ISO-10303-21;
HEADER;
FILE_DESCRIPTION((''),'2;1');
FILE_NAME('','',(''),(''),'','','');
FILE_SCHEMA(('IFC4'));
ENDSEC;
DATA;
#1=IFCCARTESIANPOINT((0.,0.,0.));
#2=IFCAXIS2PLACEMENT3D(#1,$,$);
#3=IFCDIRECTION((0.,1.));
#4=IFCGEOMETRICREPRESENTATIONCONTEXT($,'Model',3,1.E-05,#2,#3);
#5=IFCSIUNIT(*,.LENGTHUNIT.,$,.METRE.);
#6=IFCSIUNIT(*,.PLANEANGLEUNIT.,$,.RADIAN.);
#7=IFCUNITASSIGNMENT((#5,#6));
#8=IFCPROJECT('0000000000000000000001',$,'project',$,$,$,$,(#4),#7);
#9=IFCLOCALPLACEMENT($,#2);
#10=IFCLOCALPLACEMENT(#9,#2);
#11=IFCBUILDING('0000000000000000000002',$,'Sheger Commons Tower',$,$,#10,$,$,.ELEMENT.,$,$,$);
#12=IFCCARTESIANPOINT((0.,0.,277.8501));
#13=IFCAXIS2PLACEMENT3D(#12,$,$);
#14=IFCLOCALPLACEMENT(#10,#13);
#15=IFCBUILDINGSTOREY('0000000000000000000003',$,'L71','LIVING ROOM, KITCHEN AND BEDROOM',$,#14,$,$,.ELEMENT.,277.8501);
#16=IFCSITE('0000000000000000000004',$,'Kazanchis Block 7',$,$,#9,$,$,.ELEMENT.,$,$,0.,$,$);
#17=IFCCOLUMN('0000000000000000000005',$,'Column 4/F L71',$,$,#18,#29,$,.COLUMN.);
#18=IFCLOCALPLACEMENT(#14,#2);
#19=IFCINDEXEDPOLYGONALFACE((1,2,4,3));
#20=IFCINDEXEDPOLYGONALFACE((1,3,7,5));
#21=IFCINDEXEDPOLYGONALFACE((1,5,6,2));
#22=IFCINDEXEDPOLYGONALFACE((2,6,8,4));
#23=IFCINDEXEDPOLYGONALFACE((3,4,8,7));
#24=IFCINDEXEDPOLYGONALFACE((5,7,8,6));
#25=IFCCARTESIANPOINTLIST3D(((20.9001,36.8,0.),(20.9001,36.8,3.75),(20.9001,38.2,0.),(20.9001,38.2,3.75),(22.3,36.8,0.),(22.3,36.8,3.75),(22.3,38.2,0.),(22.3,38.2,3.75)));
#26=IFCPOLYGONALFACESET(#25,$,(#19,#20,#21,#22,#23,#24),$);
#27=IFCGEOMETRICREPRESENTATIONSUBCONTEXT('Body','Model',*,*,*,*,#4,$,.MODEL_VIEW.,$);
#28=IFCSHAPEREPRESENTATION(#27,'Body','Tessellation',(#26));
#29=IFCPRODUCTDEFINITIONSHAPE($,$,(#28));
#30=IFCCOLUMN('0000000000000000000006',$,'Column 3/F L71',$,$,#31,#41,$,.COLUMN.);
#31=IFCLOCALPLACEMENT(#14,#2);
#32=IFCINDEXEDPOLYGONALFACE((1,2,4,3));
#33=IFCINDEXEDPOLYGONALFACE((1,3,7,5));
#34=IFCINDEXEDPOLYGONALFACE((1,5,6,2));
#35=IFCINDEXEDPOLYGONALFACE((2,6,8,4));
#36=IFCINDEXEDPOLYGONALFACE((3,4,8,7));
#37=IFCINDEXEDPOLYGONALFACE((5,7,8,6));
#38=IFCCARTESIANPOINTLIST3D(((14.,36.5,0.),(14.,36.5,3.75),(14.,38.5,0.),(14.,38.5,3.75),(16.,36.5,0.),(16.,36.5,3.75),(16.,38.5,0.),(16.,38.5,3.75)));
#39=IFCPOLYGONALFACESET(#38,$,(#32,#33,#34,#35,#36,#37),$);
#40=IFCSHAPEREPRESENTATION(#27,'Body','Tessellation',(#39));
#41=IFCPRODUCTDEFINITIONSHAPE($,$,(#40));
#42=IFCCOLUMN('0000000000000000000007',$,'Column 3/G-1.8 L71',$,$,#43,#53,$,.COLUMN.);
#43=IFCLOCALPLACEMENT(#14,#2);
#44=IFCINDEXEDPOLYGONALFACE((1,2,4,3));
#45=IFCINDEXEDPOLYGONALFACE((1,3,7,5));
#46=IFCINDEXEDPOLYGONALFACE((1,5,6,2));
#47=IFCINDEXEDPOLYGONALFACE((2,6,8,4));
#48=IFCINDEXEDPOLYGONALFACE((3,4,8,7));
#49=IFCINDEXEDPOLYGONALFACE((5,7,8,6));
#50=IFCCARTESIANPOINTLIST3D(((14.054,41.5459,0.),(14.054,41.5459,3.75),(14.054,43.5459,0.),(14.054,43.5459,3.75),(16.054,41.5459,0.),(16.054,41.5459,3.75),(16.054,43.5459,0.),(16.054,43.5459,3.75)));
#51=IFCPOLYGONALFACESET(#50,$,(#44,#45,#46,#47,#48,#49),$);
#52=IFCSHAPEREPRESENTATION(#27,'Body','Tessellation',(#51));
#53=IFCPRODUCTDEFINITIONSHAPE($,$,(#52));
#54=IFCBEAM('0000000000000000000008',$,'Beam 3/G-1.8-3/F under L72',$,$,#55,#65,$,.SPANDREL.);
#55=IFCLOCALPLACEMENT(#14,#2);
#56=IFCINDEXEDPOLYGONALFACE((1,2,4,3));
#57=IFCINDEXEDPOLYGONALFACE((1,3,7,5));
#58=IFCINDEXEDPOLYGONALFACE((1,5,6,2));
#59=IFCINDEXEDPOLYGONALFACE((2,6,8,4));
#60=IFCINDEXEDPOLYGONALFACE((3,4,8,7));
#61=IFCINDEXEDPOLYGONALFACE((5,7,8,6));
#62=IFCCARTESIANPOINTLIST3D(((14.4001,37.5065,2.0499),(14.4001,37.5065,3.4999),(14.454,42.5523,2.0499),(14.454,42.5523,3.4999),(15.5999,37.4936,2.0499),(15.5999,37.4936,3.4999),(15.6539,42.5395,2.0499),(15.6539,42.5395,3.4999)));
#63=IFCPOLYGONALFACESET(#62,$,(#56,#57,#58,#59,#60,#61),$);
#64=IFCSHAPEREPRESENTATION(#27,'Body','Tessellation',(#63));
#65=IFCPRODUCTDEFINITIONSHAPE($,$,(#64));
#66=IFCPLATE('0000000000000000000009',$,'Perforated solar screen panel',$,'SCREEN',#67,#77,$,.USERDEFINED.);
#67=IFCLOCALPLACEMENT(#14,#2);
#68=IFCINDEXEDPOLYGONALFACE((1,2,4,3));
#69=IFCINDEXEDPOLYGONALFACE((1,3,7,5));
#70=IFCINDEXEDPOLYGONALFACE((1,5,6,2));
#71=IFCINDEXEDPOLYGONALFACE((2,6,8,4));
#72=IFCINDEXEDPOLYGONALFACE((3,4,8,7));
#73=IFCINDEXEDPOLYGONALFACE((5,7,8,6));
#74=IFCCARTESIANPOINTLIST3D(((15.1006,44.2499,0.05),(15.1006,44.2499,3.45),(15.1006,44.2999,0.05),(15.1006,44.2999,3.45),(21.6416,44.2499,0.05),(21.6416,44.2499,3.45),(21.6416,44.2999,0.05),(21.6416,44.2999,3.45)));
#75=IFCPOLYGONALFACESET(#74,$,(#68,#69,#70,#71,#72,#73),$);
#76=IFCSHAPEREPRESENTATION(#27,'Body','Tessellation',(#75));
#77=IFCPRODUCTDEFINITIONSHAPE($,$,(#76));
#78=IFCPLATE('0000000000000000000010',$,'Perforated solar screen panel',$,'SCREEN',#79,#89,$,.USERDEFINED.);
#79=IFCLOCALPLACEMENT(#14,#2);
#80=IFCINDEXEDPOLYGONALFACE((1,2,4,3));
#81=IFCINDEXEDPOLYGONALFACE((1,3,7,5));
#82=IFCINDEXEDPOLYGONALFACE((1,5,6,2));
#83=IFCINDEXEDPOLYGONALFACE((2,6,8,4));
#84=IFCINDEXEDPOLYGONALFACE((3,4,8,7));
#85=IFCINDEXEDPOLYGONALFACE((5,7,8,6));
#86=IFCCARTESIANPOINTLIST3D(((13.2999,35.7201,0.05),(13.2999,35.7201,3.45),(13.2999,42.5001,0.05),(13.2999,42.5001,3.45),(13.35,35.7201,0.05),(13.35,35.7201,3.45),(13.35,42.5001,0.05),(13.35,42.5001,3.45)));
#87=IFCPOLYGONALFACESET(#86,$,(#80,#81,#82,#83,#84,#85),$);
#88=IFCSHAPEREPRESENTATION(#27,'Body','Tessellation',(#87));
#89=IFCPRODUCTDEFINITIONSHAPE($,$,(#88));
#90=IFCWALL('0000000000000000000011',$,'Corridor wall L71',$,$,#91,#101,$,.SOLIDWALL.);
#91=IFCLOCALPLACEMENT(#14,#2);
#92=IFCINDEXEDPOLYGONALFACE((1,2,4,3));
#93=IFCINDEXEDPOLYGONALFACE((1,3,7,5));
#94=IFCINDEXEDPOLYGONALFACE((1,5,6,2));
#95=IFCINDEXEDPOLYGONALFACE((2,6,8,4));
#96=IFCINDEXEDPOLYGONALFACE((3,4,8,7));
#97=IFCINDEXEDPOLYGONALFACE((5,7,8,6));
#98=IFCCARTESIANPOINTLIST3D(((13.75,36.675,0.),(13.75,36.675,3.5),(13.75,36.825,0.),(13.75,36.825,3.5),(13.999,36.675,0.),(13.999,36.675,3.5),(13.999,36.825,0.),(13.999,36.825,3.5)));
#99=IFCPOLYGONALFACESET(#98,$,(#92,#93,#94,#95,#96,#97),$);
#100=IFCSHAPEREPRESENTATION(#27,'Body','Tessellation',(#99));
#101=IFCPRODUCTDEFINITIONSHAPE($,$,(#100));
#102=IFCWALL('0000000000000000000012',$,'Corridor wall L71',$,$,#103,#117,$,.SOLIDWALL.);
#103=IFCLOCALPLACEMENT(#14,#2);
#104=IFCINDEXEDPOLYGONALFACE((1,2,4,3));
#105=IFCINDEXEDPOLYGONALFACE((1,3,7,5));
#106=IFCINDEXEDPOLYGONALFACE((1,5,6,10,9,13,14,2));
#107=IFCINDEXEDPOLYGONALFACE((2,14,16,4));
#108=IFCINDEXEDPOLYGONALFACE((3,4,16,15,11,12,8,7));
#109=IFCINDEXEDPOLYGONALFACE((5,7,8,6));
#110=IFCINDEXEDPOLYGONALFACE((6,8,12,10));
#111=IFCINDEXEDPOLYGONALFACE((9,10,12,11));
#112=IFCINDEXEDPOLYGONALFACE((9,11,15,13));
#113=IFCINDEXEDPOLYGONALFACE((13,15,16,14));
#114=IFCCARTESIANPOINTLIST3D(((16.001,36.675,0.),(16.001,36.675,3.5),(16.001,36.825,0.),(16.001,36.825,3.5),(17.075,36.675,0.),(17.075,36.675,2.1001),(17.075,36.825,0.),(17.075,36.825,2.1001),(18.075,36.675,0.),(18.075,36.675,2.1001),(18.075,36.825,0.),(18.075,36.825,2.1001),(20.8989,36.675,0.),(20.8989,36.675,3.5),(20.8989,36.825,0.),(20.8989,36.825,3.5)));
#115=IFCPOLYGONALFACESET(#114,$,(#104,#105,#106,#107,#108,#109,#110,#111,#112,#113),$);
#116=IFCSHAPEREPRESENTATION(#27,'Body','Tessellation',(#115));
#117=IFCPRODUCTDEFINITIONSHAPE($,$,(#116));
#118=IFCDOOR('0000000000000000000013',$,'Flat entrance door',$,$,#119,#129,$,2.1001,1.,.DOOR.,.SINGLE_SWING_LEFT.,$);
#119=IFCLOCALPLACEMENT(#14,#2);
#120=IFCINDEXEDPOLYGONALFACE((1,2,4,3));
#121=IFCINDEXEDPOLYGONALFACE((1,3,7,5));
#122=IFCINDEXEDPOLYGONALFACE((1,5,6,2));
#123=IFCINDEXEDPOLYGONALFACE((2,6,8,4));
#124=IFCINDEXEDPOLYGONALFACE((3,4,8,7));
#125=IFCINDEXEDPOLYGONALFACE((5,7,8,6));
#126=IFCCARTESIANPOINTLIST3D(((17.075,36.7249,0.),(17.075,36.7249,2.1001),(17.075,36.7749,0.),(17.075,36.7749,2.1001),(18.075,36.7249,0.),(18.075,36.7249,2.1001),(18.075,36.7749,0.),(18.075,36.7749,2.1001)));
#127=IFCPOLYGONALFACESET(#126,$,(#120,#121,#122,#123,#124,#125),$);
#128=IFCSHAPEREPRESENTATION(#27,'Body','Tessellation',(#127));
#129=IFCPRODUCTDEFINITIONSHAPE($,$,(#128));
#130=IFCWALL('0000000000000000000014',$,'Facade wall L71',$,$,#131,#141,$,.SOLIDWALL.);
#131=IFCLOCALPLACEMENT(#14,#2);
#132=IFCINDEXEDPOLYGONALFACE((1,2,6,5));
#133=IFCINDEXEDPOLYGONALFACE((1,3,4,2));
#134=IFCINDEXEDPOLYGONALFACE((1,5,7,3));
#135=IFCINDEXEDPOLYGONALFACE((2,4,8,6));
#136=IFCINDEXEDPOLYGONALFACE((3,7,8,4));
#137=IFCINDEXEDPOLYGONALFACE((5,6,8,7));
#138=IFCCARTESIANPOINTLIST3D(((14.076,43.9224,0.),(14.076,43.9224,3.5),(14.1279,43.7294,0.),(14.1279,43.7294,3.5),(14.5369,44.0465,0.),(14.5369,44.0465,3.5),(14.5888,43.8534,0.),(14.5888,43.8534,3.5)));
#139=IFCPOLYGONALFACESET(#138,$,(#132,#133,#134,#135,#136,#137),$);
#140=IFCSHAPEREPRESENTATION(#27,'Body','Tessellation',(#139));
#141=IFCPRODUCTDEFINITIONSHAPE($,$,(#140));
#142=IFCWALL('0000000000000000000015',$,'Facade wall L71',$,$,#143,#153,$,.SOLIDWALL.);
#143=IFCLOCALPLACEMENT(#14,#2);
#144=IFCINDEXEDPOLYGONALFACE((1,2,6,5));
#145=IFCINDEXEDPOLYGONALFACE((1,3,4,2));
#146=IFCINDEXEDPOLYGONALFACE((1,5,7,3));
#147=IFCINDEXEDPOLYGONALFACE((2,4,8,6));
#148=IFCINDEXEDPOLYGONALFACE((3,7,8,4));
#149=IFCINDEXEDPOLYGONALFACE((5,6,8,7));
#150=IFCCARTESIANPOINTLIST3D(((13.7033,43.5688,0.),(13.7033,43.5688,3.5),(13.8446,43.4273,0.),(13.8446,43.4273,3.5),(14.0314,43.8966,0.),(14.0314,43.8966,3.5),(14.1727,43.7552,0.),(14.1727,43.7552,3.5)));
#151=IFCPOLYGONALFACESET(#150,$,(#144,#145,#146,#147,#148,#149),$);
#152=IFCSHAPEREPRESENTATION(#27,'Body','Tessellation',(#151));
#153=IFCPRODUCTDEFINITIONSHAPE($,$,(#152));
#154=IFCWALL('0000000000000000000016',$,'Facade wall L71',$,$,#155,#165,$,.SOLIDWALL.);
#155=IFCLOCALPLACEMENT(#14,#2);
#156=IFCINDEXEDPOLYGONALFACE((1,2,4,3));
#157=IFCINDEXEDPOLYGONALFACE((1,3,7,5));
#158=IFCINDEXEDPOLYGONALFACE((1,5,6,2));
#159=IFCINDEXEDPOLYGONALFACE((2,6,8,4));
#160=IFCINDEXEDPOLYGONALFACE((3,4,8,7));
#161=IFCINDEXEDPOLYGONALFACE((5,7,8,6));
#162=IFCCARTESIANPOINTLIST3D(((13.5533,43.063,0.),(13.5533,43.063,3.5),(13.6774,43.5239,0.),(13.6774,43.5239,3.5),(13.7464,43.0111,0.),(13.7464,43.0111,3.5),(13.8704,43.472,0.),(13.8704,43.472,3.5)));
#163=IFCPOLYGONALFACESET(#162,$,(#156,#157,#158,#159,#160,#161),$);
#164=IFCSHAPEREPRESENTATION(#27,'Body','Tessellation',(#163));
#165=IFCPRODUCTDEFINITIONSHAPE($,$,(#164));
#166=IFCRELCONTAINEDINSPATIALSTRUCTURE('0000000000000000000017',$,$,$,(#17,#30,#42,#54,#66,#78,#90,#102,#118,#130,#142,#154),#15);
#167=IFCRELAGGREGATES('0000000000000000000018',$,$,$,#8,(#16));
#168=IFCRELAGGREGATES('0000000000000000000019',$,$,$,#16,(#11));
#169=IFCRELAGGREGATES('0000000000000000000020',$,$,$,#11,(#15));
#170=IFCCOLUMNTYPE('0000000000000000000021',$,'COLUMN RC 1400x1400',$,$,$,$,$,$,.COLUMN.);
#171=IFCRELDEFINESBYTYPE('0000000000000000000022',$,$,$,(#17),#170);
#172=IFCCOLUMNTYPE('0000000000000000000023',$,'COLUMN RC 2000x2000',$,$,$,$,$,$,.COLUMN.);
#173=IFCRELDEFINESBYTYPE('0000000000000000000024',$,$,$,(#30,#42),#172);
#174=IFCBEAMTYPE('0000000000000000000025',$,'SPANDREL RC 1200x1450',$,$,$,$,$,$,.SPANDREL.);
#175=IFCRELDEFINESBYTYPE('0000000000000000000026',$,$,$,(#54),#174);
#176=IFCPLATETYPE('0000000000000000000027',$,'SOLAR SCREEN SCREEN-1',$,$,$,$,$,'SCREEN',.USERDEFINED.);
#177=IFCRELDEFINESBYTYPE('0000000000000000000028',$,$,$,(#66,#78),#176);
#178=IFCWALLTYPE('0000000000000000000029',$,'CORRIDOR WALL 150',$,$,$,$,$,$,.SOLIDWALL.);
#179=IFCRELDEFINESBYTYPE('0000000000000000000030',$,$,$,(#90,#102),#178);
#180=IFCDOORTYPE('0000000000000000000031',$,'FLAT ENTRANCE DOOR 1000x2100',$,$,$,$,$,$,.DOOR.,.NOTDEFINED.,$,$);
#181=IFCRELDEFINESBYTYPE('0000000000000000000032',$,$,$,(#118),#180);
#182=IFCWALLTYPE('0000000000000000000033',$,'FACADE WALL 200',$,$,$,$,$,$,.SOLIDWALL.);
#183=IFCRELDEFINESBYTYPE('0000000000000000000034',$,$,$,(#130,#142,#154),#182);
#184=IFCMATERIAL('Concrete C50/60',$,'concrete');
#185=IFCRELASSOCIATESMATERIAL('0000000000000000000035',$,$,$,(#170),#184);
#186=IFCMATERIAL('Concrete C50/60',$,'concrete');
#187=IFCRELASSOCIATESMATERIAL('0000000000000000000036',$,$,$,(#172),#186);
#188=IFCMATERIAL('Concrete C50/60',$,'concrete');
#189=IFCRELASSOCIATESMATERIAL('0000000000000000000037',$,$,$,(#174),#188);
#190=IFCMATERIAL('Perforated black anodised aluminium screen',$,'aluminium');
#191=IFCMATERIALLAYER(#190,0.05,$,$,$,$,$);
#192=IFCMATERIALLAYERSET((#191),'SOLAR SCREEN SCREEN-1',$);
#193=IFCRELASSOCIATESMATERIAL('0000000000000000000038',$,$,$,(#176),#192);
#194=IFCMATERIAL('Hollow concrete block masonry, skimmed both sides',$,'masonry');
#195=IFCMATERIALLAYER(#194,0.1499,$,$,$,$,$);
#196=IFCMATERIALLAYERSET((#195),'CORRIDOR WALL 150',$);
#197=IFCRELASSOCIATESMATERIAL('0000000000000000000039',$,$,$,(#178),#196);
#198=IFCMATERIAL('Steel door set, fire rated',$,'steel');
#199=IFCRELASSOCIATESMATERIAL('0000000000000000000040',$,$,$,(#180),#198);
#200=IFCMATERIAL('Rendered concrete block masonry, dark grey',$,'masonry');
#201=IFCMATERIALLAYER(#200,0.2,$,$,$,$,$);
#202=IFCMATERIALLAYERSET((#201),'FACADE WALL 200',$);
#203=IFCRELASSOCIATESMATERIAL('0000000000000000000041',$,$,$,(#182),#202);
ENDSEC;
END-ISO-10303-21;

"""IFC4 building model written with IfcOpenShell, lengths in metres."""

from ifc_helpers import new_model, si_unit, direction, frame, frame_2d, origin, origin_2d, place, context, subcontext, project, spatial, rectangle, extrude, material, layer, layer_set, material_profile, profile_set, type_object, element, fill, save


model = new_model("IFC4")

# Units and contexts
model_context = context("Model", 3, precision=1e-05, world=origin(), true_north=direction((0.0, 1.0)))
body_context = subcontext(model_context, "Body", "Model", "MODEL_VIEW")
ifc_project = project(units=[si_unit("LENGTHUNIT", "METRE"), si_unit("PLANEANGLEUNIT", "RADIAN")], contexts=[model_context])

# Site, building, storey
site_placement = place(None, origin())
site = spatial("IfcSite", under=ifc_project, at=site_placement, Name="Kazanchis Block 7", CompositionType="ELEMENT", RefElevation=0.0)
building_placement = place(site_placement, origin())
building = spatial("IfcBuilding", under=site, at=building_placement, Name="Sheger Commons Tower", CompositionType="ELEMENT")
storey_placement = place(building_placement, frame((0.0, 0.0, 277.8501)))
storey = spatial("IfcBuildingStorey", under=building, at=storey_placement, Name="L71", Description="LIVING ROOM, KITCHEN AND BEDROOM", CompositionType="ELEMENT", Elevation=277.8501)

# Columns
ifc_material_1 = material(Name="Concrete C50/60", Category="concrete")
ifc_material_profile_1 = material_profile(ifc_material_1, rectangle(XDim=1.3999, YDim=1.3999, at=origin_2d()), Name="RC 1400x1400")
ifc_profile_set_1 = profile_set([ifc_material_profile_1], Name="Concrete C50/60")
column_type_1 = type_object("IfcColumnType", Name="COLUMN RC 1400x1400", PredefinedType="COLUMN", material=ifc_profile_set_1)
column_placement = place(storey_placement, frame((21.6001, 37.5, 0.0), z_axis=(0.0, 0.0, 1.0), x_axis=(1.0, 0.0, 0.0)))
element("IfcColumn", 1, at=column_placement, inside=storey, type_object=column_type_1, Name="Column 4/F L71", PredefinedType="COLUMN", context=body_context, shape_type="SweptSolid", body=[
    extrude(rectangle(XDim=1.3999, YDim=1.3999, at=origin_2d()), origin(), (0.0, 0.0, 1.0), 3.75),
])
ifc_material_2 = material(Name="Concrete C50/60", Category="concrete")
ifc_material_profile_2 = material_profile(ifc_material_2, rectangle(XDim=2.0, YDim=2.0, at=origin_2d()), Name="RC 2000x2000")
ifc_profile_set_2 = profile_set([ifc_material_profile_2], Name="Concrete C50/60")
column_type_2 = type_object("IfcColumnType", Name="COLUMN RC 2000x2000", PredefinedType="COLUMN", material=ifc_profile_set_2)
for number, where, z_axis, x_axis, name in (
    (2, (15.0, 37.5, 0.0), (0.0, 0.0, 1.0), (1.0, 0.0, 0.0), "Column 3/F L71"),
    (3, (15.054, 42.5459, 0.0), (0.0, 0.0, 1.0), (1.0, 0.0, 0.0), "Column 3/G-1.8 L71"),
):
    element("IfcColumn", number, at=place(storey_placement, frame(where, z_axis=z_axis, x_axis=x_axis)), inside=storey, type_object=column_type_2, Name=name, PredefinedType="COLUMN", context=body_context, shape_type="SweptSolid", body=[
        extrude(rectangle(XDim=2.0, YDim=2.0, at=origin_2d()), origin(), (0.0, 0.0, 1.0), 3.75),
    ])

# Beam
ifc_material_3 = material(Name="Concrete C50/60", Category="concrete")
ifc_material_profile_3 = material_profile(ifc_material_3, rectangle(XDim=1.2, YDim=1.45, at=origin_2d()), Name="RC 1200x1450")
ifc_profile_set_3 = profile_set([ifc_material_profile_3], Name="Concrete C50/60")
beam_type = type_object("IfcBeamType", Name="SPANDREL RC 1200x1450", PredefinedType="SPANDREL", material=ifc_profile_set_3)
beam_placement = place(storey_placement, frame((15.054, 42.5459, 2.7749), z_axis=(-0.010692, -0.999943, 0.0), x_axis=(0.999943, -0.010692, 0.0)))
element("IfcBeam", 4, at=beam_placement, inside=storey, type_object=beam_type, Name="Beam 3/G-1.8-3/F under L72", PredefinedType="SPANDREL", context=body_context, shape_type="SweptSolid", body=[
    extrude(rectangle(XDim=1.2, YDim=1.45, at=origin_2d()), origin(), (0.0, 0.0, 1.0), 5.0461),
])

# Plates
ifc_material_4 = material(Name="Perforated black anodised aluminium screen", Category="aluminium")
ifc_layer_1 = layer(ifc_material_4, 0.05)
ifc_layer_set_1 = layer_set([ifc_layer_1], Name="SOLAR SCREEN SCREEN-1")
plate_type = type_object("IfcPlateType", Name="SOLAR SCREEN SCREEN-1", ElementType="SCREEN", PredefinedType="USERDEFINED", material=ifc_layer_set_1)
plate_1_placement = place(storey_placement, frame((18.3711, 44.2749, 0.05), z_axis=(0.0, 0.0, 1.0), x_axis=(-1.0, 0.0, 0.0)))
element("IfcPlate", 5, at=plate_1_placement, inside=storey, type_object=plate_type, Name="Perforated solar screen panel", ObjectType="SCREEN", PredefinedType="USERDEFINED", context=body_context, shape_type="SweptSolid", body=[
    extrude(rectangle(XDim=6.541, YDim=0.05, at=origin_2d()), origin(), (0.0, 0.0, 1.0), 3.3999),
])
plate_2_placement = place(storey_placement, frame((13.325, 39.1101, 0.05), z_axis=(0.0, 0.0, 1.0), x_axis=(0.0, -1.0, 0.0)))
element("IfcPlate", 6, at=plate_2_placement, inside=storey, type_object=plate_type, Name="Perforated solar screen panel", ObjectType="SCREEN", PredefinedType="USERDEFINED", context=body_context, shape_type="SweptSolid", body=[
    extrude(rectangle(XDim=6.78, YDim=0.05, at=origin_2d()), origin(), (0.0, 0.0, 1.0), 3.3999),
])

# Wall
ifc_material_5 = material(Name="Hollow concrete block masonry, skimmed both sides", Category="masonry")
ifc_layer_2 = layer(ifc_material_5, 0.1499)
ifc_layer_set_2 = layer_set([ifc_layer_2], Name="CORRIDOR WALL 150")
wall_type_1 = type_object("IfcWallType", Name="CORRIDOR WALL 150", PredefinedType="SOLIDWALL", material=ifc_layer_set_2)
wall_1_placement = place(storey_placement, frame((13.75, 36.75, 0.0), z_axis=(0.0, 0.0, 1.0), x_axis=(1.0, 0.0, 0.0)))
element("IfcWall", 7, at=wall_1_placement, inside=storey, type_object=wall_type_1, Name="Corridor wall L71", PredefinedType="SOLIDWALL", context=body_context, shape_type="SweptSolid", body=[
    extrude(rectangle(XDim=0.249, YDim=0.1499, at=frame_2d((0.1245, 0.0))), origin(), (0.0, 0.0, 1.0), 3.5),
])

# Wall, opening, door
wall_2_placement = place(storey_placement, frame((16.001, 36.75, 0.0), z_axis=(0.0, 0.0, 1.0), x_axis=(1.0, 0.0, 0.0)))
wall_2 = element("IfcWall", 8, at=wall_2_placement, inside=storey, type_object=wall_type_1, Name="Corridor wall L71", PredefinedType="SOLIDWALL", context=body_context, shape_type="SweptSolid", body=[
    extrude(rectangle(XDim=4.8979, YDim=0.1499, at=frame_2d((2.449, 0.0))), origin(), (0.0, 0.0, 1.0), 3.5),
])
opening_1_placement = place(wall_2_placement, frame((1.074, 0.0, 0.0)))
opening_1 = element("IfcOpeningElement", 9, at=opening_1_placement, cuts=wall_2, PredefinedType="OPENING", context=body_context, shape_type="SweptSolid", body=[
    extrude(rectangle(XDim=1.0, YDim=2.1001, at=frame_2d((0.5, 1.05))), frame((0.0, 0.085, 0.0), z_axis=(0.0, -1.0, 0.0), x_axis=(1.0, 0.0, 0.0)), (0.0, 0.0, 1.0), 0.1699),
])
ifc_material_6 = material(Name="Steel door set, fire rated", Category="steel")
door_type_1 = type_object("IfcDoorType", Name="FLAT ENTRANCE DOOR 1000x2100", OperationType="NOTDEFINED", PredefinedType="DOOR", material=ifc_material_6)
door_1_placement = place(opening_1_placement, origin())
door_1 = element("IfcDoor", 10, at=door_1_placement, inside=storey, type_object=door_type_1, Name="Flat entrance door", OperationType="SINGLE_SWING_LEFT", OverallHeight=2.1001, OverallWidth=1.0, PredefinedType="DOOR", context=body_context, shape_type="SweptSolid", body=[
    extrude(rectangle(XDim=1.0, YDim=2.1001, at=frame_2d((0.5, 1.05))), frame((0.0, 0.0249, 0.0), z_axis=(0.0, -1.0, 0.0), x_axis=(1.0, 0.0, 0.0)), (0.0, 0.0, 1.0), 0.05),
])
fill(opening_1, door_1)

# Walls
ifc_material_7 = material(Name="Rendered concrete block masonry, dark grey", Category="masonry")
ifc_layer_3 = layer(ifc_material_7, 0.2)
ifc_layer_set_3 = layer_set([ifc_layer_3], Name="FACADE WALL 200")
wall_type_2 = type_object("IfcWallType", Name="FACADE WALL 200", PredefinedType="SOLIDWALL", material=ifc_layer_set_3)
wall_3_placement = place(storey_placement, frame((14.563, 43.95, 0.0), z_axis=(0.0, 0.0, 1.0), x_axis=(-0.965655, -0.259827, 0.0)))
element("IfcWall", 11, at=wall_3_placement, inside=storey, type_object=wall_type_2, Name="Facade wall L71", PredefinedType="SOLIDWALL", context=body_context, shape_type="SweptSolid", body=[
    extrude(rectangle(XDim=0.4773, YDim=0.2, at=frame_2d((0.2388, 0.0))), origin(), (0.0, 0.0, 1.0), 3.5),
])
wall_4_placement = place(storey_placement, frame((14.1021, 43.8259, 0.0), z_axis=(0.0, 0.0, 1.0), x_axis=(-0.70737, -0.706844, 0.0)))
element("IfcWall", 12, at=wall_4_placement, inside=storey, type_object=wall_type_2, Name="Facade wall L71", PredefinedType="SOLIDWALL", context=body_context, shape_type="SweptSolid", body=[
    extrude(rectangle(XDim=0.4639, YDim=0.2, at=frame_2d((0.2319, 0.0))), origin(), (0.0, 0.0, 1.0), 3.5),
])
wall_5_placement = place(storey_placement, frame((13.7739, 43.498, 0.0), z_axis=(0.0, 0.0, 1.0), x_axis=(-0.259827, -0.965655, 0.0)))
element("IfcWall", 13, at=wall_5_placement, inside=storey, type_object=wall_type_2, Name="Facade wall L71", PredefinedType="SOLIDWALL", context=body_context, shape_type="SweptSolid", body=[
    extrude(rectangle(XDim=0.4773, YDim=0.2, at=frame_2d((0.2388, 0.0))), origin(), (0.0, 0.0, 1.0), 3.5),
])

save(model, "model.ifc")
